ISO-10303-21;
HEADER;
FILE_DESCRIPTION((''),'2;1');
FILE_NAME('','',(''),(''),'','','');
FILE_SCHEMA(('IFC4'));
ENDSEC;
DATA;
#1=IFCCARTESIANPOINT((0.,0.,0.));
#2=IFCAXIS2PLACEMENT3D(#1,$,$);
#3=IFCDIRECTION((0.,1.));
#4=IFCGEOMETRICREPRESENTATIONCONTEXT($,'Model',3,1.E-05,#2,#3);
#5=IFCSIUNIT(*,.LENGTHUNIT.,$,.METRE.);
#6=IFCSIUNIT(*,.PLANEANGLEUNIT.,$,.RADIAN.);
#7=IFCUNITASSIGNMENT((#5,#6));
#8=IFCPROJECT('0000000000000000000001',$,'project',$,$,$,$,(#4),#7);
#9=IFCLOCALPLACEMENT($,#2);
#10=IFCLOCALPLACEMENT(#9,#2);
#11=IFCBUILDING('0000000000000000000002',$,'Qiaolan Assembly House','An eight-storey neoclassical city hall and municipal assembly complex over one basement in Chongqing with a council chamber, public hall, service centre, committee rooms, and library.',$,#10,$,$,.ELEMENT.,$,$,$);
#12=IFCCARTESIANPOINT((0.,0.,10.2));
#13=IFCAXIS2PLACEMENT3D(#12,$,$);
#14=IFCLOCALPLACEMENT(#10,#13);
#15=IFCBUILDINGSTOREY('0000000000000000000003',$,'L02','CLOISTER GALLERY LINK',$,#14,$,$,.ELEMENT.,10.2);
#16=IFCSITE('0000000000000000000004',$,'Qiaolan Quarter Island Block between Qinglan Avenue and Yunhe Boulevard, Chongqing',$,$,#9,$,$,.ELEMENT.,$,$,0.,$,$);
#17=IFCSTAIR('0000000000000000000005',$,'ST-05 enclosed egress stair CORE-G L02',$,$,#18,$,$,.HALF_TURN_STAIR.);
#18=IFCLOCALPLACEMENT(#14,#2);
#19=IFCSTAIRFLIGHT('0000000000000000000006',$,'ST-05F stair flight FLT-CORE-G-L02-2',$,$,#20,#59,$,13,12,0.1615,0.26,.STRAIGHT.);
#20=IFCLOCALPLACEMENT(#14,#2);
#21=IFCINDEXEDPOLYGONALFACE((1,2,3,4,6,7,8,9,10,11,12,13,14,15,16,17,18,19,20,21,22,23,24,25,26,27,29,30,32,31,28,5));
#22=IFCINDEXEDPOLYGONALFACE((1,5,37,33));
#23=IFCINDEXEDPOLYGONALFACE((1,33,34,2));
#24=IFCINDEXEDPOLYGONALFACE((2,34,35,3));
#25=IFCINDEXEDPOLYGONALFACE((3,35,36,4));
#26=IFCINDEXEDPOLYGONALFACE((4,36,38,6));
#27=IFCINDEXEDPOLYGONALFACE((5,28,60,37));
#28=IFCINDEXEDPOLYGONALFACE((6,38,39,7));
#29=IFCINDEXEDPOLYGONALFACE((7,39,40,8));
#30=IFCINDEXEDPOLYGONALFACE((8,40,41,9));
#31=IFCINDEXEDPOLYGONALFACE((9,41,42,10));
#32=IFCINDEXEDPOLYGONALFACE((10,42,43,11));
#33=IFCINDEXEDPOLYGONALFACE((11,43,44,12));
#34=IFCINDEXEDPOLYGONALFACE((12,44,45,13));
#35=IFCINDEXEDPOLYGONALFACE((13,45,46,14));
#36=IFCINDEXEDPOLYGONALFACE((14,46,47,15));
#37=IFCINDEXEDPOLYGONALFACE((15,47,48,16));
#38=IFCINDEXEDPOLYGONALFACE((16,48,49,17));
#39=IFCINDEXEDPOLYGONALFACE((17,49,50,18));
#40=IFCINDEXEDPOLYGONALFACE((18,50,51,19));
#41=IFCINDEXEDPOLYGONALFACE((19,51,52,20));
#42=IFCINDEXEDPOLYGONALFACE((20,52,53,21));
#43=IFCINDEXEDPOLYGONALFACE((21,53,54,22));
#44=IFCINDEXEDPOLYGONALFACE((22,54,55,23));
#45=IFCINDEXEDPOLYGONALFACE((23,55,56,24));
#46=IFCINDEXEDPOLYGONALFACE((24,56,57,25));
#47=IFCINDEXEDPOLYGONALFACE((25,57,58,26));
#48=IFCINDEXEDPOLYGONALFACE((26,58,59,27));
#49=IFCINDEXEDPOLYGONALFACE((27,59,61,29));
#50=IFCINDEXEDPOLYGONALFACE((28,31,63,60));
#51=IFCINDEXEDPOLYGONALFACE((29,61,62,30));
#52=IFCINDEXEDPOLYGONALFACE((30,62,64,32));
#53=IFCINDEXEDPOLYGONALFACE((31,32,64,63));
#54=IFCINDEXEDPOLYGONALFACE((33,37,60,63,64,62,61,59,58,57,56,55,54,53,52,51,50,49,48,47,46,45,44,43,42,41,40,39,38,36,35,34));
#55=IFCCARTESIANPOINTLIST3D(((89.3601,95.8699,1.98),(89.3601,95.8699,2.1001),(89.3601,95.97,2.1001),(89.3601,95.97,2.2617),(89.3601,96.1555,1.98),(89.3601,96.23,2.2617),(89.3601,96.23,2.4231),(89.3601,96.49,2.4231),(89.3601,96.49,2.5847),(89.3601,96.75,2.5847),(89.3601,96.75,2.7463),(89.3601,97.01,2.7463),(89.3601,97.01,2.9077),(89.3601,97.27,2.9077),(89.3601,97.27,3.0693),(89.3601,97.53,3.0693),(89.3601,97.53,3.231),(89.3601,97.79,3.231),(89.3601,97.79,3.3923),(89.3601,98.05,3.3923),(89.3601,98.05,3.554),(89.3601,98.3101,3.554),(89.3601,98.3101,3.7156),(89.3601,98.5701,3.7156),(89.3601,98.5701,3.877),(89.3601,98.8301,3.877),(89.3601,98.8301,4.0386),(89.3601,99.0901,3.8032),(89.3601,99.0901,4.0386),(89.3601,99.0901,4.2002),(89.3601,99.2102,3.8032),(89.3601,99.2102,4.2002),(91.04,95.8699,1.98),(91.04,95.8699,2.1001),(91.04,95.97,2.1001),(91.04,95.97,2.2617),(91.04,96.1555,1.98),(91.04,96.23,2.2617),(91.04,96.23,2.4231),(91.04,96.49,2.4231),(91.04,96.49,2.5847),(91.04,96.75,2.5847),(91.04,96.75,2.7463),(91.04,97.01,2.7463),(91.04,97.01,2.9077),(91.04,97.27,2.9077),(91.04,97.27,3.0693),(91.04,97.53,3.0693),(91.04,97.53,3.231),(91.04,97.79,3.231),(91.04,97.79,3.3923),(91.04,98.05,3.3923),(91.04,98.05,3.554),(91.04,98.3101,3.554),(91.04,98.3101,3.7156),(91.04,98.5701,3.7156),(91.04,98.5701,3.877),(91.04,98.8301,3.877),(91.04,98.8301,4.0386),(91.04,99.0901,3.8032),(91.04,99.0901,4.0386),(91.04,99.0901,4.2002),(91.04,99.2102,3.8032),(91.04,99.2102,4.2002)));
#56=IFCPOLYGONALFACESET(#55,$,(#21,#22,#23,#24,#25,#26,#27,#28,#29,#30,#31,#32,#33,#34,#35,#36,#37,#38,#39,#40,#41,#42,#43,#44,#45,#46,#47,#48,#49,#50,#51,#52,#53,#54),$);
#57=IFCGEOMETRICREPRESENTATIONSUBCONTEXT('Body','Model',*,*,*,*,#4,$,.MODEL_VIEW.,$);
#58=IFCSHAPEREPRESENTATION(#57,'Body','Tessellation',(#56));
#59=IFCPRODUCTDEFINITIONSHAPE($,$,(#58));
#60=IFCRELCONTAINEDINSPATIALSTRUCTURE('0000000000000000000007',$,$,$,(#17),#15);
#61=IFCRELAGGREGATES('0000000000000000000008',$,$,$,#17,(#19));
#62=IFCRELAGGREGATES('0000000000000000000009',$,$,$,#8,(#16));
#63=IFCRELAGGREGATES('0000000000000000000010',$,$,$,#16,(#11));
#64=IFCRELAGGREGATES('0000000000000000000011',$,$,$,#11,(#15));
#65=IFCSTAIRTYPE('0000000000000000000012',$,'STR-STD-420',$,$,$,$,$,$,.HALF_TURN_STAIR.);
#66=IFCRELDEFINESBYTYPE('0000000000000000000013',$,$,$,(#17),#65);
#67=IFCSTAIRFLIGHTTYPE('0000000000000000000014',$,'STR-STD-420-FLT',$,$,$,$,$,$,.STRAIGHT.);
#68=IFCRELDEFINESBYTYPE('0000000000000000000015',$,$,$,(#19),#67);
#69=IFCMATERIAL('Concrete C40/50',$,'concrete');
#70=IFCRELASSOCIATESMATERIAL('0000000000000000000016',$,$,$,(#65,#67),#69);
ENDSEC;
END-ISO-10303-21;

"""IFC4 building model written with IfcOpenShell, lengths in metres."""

from ifc_helpers import new_model, si_unit, direction, frame, origin, place, context, subcontext, project, spatial, polyline, outline, extrude, material, type_object, element, aggregate, save


model = new_model("IFC4")

# Units and contexts
model_context = context("Model", 3, precision=1e-05, world=origin(), true_north=direction((0.0, 1.0)))
body_context = subcontext(model_context, "Body", "Model", "MODEL_VIEW")
ifc_project = project(units=[si_unit("LENGTHUNIT", "METRE"), si_unit("PLANEANGLEUNIT", "RADIAN")], contexts=[model_context])

# Site, building, storey
site_placement = place(None, origin())
site = spatial("IfcSite", under=ifc_project, at=site_placement, Name="Qiaolan Quarter Island Block between Qinglan Avenue and Yunhe Boulevard, Chongqing", CompositionType="ELEMENT", RefElevation=0.0)
building_placement = place(site_placement, origin())
building = spatial("IfcBuilding", under=site, at=building_placement, Name="Qiaolan Assembly House", Description="An eight-storey neoclassical city hall and municipal assembly complex over one basement in Chongqing with a council chamber, public hall, service centre, committee rooms, and library.", CompositionType="ELEMENT")
storey_placement = place(building_placement, frame((0.0, 0.0, 10.2)))
storey = spatial("IfcBuildingStorey", under=building, at=storey_placement, Name="L02", Description="CLOISTER GALLERY LINK", CompositionType="ELEMENT", Elevation=10.2)

# Shared definitions
ifc_material_1 = material(Name="Concrete C40/50", Category="concrete")

# Stair, stair flight
stair_type = type_object("IfcStairType", Name="STR-STD-420", PredefinedType="HALF_TURN_STAIR", material=ifc_material_1)
stair_placement = place(storey_placement, origin())
stair = element("IfcStair", 1, at=stair_placement, inside=storey, type_object=stair_type, Name="ST-05 enclosed egress stair CORE-G L02", PredefinedType="HALF_TURN_STAIR")
stair_flight_type = type_object("IfcStairFlightType", Name="STR-STD-420-FLT", PredefinedType="STRAIGHT", material=ifc_material_1)
stair_flight_placement = place(storey_placement, frame((90.2, 95.97, 2.1001), z_axis=(0.0, 0.0, 1.0), x_axis=(0.0, 1.0, 0.0)))
stair_flight = element("IfcStairFlight", 2, at=stair_flight_placement, type_object=stair_flight_type, Name="ST-05F stair flight FLT-CORE-G-L02-2", NumberOfRisers=13, NumberOfTreads=12, PredefinedType="STRAIGHT", RiserHeight=0.1615, TreadLength=0.26, context=body_context, shape_type="SweptSolid", body=[
    extrude(outline(polyline([(-0.1001, -0.1201), (-0.1001, 0.0), (0.0, 0.0), (0.0, 0.1616), (0.26, 0.1616), (0.26, 0.323), (0.52, 0.323), (0.52, 0.4846), (0.78, 0.4846), (0.78, 0.6462), (1.04, 0.6462), (1.04, 0.8076), (1.3, 0.8076), (1.3, 0.9692), (1.5601, 0.9692), (1.5601, 1.1309), (1.8201, 1.1309), (1.8201, 1.2922), (2.0801, 1.2922), (2.0801, 1.4539), (2.3401, 1.4539), (2.3401, 1.6155), (2.6001, 1.6155), (2.6001, 1.7769), (2.8601, 1.7769), (2.8601, 1.9385), (3.1201, 1.9385), (3.1201, 2.1001), (3.2402, 2.1001), (3.2402, 1.7031), (3.1201, 1.7031), (0.1855, -0.1201), (-0.1001, -0.1201)])), frame((0.0, 0.8398, 0.0), z_axis=(0.0, -1.0, 0.0), x_axis=(1.0, 0.0, 0.0)), (0.0, 0.0, 1.0), 1.6799),
])
aggregate(stair, [stair_flight])

save(model, "model.ifc")
